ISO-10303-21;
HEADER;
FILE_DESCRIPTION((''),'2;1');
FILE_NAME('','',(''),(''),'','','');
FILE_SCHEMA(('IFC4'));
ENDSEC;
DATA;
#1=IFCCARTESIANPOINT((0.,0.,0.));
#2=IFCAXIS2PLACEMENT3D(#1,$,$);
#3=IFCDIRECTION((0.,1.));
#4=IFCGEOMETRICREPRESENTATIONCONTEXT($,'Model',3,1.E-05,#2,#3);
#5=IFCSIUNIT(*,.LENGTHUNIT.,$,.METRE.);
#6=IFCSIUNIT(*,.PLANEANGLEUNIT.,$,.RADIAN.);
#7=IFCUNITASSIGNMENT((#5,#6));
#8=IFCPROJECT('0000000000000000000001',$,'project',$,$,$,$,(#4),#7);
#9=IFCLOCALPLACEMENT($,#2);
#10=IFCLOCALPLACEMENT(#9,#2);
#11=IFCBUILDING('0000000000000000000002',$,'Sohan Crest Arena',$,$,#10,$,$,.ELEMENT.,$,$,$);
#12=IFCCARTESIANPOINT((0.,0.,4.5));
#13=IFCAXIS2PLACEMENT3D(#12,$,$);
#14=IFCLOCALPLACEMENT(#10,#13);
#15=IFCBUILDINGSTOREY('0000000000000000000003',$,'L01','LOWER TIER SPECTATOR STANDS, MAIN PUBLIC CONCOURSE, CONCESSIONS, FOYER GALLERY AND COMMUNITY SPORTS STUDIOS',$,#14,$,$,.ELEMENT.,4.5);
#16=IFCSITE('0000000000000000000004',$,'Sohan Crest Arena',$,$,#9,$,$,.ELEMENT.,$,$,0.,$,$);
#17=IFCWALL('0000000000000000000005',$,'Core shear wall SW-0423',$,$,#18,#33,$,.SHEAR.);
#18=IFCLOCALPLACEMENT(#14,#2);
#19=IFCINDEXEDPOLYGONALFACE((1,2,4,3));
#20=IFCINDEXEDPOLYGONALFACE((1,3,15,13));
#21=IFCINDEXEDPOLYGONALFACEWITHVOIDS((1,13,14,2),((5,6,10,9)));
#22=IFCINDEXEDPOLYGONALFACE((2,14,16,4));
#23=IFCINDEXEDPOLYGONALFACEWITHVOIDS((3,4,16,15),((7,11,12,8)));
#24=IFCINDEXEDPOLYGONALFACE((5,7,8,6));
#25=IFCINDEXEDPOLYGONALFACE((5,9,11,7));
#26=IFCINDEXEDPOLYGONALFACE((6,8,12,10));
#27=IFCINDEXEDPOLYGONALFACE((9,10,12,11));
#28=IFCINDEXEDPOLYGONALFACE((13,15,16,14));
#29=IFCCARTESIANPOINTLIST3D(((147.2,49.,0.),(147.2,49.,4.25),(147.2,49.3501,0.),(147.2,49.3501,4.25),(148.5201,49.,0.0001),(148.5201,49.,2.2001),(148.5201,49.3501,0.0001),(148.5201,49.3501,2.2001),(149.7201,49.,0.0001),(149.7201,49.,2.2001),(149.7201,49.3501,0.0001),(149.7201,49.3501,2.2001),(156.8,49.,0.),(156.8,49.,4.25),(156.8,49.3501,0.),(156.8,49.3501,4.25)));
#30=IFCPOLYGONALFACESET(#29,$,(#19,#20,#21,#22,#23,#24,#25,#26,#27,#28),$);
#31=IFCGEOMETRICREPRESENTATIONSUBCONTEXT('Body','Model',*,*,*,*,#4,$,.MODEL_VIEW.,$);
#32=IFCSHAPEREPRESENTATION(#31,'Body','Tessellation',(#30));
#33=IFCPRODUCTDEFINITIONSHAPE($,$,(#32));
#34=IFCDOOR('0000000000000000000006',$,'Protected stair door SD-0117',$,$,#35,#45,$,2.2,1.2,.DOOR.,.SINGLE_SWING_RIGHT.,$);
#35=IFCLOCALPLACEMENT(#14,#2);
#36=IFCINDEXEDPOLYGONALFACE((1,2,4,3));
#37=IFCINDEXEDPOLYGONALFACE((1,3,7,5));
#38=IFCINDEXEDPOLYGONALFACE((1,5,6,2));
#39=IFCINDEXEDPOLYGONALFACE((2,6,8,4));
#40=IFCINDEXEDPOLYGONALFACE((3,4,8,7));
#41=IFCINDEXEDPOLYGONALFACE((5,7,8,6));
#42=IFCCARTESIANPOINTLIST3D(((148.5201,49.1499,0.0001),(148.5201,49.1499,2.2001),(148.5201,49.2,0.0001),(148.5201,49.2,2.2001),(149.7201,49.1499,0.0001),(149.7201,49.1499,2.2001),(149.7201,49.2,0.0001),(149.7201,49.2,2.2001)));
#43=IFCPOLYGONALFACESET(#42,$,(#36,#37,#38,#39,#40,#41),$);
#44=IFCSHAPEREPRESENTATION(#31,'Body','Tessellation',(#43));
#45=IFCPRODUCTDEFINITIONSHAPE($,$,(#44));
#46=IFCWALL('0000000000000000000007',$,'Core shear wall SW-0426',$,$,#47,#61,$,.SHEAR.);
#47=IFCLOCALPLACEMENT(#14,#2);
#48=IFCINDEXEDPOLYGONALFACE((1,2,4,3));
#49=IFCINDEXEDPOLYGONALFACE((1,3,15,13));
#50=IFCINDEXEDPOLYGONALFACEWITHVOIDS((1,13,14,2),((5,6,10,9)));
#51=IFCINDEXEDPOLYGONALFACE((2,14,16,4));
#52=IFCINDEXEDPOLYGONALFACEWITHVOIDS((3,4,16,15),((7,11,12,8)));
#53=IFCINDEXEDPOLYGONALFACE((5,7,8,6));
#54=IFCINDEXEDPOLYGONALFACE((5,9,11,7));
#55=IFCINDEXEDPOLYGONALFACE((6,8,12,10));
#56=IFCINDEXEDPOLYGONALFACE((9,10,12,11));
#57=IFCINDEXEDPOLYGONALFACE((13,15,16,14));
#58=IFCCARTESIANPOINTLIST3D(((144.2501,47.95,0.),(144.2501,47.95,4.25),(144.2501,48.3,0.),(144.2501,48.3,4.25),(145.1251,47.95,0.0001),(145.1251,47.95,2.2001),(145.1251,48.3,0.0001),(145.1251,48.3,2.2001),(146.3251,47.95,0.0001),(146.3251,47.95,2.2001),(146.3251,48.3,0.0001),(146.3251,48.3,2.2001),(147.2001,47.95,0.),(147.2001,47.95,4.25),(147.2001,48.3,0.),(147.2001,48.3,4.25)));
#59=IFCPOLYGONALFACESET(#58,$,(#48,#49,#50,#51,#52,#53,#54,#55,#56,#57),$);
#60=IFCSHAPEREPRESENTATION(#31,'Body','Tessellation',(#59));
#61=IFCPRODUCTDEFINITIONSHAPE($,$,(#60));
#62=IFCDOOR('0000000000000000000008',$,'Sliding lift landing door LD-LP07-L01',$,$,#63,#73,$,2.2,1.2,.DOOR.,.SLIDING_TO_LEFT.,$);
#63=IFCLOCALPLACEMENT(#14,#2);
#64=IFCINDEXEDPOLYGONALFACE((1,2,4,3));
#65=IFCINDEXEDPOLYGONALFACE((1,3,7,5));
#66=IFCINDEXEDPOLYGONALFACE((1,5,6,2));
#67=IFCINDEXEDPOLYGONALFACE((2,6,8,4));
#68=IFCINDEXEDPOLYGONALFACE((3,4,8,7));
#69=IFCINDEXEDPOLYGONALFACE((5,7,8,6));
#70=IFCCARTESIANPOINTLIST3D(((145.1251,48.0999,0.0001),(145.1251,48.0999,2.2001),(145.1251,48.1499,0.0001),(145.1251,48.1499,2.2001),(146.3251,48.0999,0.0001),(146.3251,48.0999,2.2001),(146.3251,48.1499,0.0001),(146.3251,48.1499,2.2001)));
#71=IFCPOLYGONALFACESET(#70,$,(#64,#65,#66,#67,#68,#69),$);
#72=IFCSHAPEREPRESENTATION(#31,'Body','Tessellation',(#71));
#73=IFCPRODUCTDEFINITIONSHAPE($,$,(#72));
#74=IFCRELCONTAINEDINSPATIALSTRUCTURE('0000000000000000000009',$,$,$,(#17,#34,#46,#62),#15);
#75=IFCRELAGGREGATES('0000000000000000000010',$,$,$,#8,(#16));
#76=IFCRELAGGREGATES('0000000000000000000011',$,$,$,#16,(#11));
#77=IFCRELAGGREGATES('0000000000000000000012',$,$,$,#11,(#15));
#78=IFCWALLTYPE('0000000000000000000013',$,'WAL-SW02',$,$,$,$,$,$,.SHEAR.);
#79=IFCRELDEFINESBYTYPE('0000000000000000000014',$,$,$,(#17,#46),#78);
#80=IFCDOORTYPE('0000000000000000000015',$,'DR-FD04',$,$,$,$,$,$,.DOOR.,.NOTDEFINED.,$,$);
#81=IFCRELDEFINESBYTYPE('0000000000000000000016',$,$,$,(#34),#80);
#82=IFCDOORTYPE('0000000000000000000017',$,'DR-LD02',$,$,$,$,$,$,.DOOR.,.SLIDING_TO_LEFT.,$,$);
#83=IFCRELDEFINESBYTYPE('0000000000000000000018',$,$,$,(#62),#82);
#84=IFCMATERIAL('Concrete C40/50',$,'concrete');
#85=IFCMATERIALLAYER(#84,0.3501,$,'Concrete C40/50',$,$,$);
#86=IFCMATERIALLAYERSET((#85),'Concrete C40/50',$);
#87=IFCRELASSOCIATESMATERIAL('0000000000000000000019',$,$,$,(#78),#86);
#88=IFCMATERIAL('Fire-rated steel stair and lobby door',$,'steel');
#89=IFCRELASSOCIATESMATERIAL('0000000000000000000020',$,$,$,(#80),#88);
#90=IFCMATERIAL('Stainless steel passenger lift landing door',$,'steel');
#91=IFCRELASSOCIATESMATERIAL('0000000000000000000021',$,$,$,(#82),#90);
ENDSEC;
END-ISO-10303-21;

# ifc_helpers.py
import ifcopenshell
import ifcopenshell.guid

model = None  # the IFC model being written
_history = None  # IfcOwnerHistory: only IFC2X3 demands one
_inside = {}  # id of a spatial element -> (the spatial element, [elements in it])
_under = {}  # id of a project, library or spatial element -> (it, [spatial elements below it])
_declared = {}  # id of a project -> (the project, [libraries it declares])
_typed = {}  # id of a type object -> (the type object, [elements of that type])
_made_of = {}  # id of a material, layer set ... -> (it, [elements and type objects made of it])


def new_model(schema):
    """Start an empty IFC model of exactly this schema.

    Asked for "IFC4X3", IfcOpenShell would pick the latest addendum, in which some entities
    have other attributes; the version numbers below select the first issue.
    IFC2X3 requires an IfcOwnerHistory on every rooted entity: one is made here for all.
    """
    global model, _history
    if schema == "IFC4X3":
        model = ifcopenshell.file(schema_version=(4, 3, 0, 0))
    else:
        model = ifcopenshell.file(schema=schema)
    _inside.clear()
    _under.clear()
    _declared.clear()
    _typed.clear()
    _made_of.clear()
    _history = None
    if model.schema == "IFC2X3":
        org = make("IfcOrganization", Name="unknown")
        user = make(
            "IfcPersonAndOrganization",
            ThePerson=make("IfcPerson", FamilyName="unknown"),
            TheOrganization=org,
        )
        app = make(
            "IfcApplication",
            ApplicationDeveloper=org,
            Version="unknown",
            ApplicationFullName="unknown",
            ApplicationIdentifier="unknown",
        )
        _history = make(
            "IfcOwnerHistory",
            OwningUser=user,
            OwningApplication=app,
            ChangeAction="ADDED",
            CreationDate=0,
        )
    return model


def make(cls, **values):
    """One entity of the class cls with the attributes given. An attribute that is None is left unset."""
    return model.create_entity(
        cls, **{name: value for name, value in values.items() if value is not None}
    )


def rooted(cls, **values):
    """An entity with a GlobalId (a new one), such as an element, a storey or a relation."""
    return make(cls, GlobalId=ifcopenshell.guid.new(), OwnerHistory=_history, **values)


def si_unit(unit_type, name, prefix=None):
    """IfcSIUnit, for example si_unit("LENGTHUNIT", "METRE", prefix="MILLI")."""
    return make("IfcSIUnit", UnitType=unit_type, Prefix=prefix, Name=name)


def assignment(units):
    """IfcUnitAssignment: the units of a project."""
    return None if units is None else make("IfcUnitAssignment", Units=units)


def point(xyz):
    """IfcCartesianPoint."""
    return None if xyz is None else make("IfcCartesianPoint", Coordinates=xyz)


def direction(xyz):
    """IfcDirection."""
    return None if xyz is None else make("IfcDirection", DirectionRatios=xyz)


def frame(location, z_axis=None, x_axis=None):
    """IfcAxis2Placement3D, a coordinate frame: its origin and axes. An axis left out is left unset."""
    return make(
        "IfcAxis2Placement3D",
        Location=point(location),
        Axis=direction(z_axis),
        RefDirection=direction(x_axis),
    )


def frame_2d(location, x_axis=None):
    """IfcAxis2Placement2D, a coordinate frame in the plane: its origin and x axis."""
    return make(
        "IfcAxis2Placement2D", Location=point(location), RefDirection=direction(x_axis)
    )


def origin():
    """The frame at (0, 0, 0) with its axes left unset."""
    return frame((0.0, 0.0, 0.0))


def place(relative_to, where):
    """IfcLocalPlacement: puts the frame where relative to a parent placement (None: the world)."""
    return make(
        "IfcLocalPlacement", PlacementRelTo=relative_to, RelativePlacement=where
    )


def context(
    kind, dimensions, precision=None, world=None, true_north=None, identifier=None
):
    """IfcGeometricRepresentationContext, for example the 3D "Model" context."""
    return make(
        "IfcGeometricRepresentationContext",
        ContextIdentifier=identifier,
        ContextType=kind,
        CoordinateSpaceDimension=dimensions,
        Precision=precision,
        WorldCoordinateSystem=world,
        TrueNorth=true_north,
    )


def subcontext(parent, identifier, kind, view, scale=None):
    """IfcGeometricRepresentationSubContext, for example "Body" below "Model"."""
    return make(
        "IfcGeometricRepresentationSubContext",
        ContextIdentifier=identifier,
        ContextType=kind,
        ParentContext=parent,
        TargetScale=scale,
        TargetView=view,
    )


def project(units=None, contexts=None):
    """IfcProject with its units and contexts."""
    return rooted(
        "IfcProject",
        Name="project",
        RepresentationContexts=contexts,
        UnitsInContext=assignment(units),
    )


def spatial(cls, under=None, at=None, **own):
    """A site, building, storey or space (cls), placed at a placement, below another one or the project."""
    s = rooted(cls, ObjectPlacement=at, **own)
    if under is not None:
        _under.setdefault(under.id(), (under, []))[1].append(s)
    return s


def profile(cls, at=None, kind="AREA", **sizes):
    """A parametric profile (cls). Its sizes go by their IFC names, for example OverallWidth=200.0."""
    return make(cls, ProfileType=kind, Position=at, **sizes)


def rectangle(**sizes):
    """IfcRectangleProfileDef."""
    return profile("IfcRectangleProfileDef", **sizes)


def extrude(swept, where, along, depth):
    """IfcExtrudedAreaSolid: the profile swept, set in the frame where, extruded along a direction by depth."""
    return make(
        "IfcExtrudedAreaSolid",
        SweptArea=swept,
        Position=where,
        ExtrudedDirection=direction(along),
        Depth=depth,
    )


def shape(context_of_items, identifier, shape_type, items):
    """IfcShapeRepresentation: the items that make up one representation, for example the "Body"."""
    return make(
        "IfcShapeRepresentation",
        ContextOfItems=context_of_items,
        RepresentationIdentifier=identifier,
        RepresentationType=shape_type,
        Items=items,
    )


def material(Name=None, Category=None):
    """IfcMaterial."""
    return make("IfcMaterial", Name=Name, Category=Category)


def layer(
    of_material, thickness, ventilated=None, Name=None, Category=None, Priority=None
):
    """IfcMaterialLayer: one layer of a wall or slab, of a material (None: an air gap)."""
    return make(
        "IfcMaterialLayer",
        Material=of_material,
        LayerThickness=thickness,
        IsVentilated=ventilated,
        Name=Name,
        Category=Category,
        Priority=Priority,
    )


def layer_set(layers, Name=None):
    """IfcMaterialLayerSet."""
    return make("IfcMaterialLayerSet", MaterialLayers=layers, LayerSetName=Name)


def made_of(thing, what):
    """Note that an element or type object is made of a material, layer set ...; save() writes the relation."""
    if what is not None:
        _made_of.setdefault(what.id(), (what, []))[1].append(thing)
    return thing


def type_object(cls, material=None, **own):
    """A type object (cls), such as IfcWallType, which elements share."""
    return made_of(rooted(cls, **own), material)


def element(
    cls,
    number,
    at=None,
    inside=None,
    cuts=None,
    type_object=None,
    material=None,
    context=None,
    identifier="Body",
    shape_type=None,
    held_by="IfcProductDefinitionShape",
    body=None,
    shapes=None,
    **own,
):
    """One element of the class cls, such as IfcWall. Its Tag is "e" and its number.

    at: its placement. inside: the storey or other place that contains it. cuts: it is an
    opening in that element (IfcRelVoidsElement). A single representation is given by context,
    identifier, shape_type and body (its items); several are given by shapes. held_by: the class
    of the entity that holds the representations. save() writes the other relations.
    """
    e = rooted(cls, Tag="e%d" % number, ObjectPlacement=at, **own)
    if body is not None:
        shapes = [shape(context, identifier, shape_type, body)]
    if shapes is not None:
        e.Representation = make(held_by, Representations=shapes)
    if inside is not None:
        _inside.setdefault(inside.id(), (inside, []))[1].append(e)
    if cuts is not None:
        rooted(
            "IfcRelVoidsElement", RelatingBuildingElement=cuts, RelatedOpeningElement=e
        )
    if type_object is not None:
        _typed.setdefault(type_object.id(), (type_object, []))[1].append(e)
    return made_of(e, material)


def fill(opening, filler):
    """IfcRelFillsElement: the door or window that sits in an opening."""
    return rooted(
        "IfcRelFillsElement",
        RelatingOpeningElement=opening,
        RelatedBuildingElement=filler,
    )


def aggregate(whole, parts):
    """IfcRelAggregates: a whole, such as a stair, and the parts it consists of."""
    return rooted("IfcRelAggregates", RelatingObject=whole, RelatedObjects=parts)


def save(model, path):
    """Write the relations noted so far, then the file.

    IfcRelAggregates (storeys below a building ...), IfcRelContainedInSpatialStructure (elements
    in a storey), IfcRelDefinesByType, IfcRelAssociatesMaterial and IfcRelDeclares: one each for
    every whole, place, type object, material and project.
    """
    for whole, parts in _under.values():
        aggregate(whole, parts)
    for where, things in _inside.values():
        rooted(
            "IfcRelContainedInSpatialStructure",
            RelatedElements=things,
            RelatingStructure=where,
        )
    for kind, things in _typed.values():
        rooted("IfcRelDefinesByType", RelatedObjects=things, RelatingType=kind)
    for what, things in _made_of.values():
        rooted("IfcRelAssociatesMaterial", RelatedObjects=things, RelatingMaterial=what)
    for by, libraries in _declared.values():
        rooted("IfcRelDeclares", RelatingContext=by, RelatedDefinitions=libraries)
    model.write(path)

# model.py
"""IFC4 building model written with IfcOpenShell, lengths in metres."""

from ifc_helpers import new_model, si_unit, direction, frame, frame_2d, origin, place, context, subcontext, project, spatial, rectangle, extrude, material, layer, layer_set, type_object, element, fill, save


model = new_model("IFC4")

# Units and contexts
model_context = context("Model", 3, precision=1e-05, world=origin(), true_north=direction((0.0, 1.0)))
body_context = subcontext(model_context, "Body", "Model", "MODEL_VIEW")
ifc_project = project(units=[si_unit("LENGTHUNIT", "METRE"), si_unit("PLANEANGLEUNIT", "RADIAN")], contexts=[model_context])

# Site, building, storey
site_placement = place(None, origin())
site = spatial("IfcSite", under=ifc_project, at=site_placement, Name="Sohan Crest Arena", CompositionType="ELEMENT", RefElevation=0.0)
building_placement = place(site_placement, origin())
building = spatial("IfcBuilding", under=site, at=building_placement, Name="Sohan Crest Arena", CompositionType="ELEMENT")
storey_placement = place(building_placement, frame((0.0, 0.0, 4.5)))
storey = spatial("IfcBuildingStorey", under=building, at=storey_placement, Name="L01", Description="LOWER TIER SPECTATOR STANDS, MAIN PUBLIC CONCOURSE, CONCESSIONS, FOYER GALLERY AND COMMUNITY SPORTS STUDIOS", CompositionType="ELEMENT", Elevation=4.5)

# Shared definitions
ifc_material_1 = material(Name="Concrete C40/50", Category="concrete")

# Walls, openings, doors
ifc_layer_1 = layer(ifc_material_1, 0.3501, Name="Concrete C40/50")
ifc_layer_set_1 = layer_set([ifc_layer_1], Name="Concrete C40/50")
wall_type_1 = type_object("IfcWallType", Name="WAL-SW02", PredefinedType="SHEAR", material=ifc_layer_set_1)
wall_1_placement = place(storey_placement, frame((147.2, 49.175, 0.0), z_axis=(0.0, 0.0, 1.0), x_axis=(1.0, 0.0, 0.0)))
wall_1 = element("IfcWall", 1, at=wall_1_placement, inside=storey, type_object=wall_type_1, Name="Core shear wall SW-0423", PredefinedType="SHEAR", context=body_context, shape_type="SweptSolid", body=[
    extrude(rectangle(XDim=9.6001, YDim=0.3501, at=frame_2d((4.8, 0.0))), origin(), (0.0, 0.0, 1.0), 4.25),
])
opening_1_placement = place(wall_1_placement, frame((1.3201, 0.0, 0.0)))
opening_1 = element("IfcOpeningElement", 2, at=opening_1_placement, cuts=wall_1, PredefinedType="OPENING", context=body_context, shape_type="SweptSolid", body=[
    extrude(rectangle(XDim=1.2, YDim=2.2, at=frame_2d((0.6001, 1.1001))), frame((0.0, 0.1851, 0.0), z_axis=(0.0, -1.0, 0.0), x_axis=(1.0, 0.0, 0.0)), (0.0, 0.0, 1.0), 0.3701),
])
ifc_material_2 = material(Name="Fire-rated steel stair and lobby door", Category="steel")
door_type_1 = type_object("IfcDoorType", Name="DR-FD04", OperationType="NOTDEFINED", PredefinedType="DOOR", material=ifc_material_2)
door_1_placement = place(opening_1_placement, origin())
door_1 = element("IfcDoor", 3, at=door_1_placement, inside=storey, type_object=door_type_1, Name="Protected stair door SD-0117", OperationType="SINGLE_SWING_RIGHT", OverallHeight=2.2, OverallWidth=1.2, PredefinedType="DOOR", context=body_context, shape_type="SweptSolid", body=[
    extrude(rectangle(XDim=1.2, YDim=2.2, at=frame_2d((0.6001, 1.1001))), frame((0.0, 0.0249, 0.0), z_axis=(0.0, -1.0, 0.0), x_axis=(1.0, 0.0, 0.0)), (0.0, 0.0, 1.0), 0.05),
])
fill(opening_1, door_1)
wall_2_placement = place(storey_placement, frame((144.25, 48.125, 0.0), z_axis=(0.0, 0.0, 1.0), x_axis=(1.0, 0.0, 0.0)))
wall_2 = element("IfcWall", 4, at=wall_2_placement, inside=storey, type_object=wall_type_1, Name="Core shear wall SW-0426", PredefinedType="SHEAR", context=body_context, shape_type="SweptSolid", body=[
    extrude(rectangle(XDim=2.95, YDim=0.3501, at=frame_2d((1.4751, 0.0))), origin(), (0.0, 0.0, 1.0), 4.25),
])
opening_2_placement = place(wall_2_placement, frame((0.875, 0.0, 0.0)))
opening_2 = element("IfcOpeningElement", 5, at=opening_2_placement, cuts=wall_2, PredefinedType="OPENING", context=body_context, shape_type="SweptSolid", body=[
    extrude(rectangle(XDim=1.2, YDim=2.2, at=frame_2d((0.6001, 1.1001))), frame((0.0, 0.1851, 0.0), z_axis=(0.0, -1.0, 0.0), x_axis=(1.0, 0.0, 0.0)), (0.0, 0.0, 1.0), 0.3701),
])
ifc_material_3 = material(Name="Stainless steel passenger lift landing door", Category="steel")
door_type_2 = type_object("IfcDoorType", Name="DR-LD02", OperationType="SLIDING_TO_LEFT", PredefinedType="DOOR", material=ifc_material_3)
door_2_placement = place(opening_2_placement, origin())
door_2 = element("IfcDoor", 6, at=door_2_placement, inside=storey, type_object=door_type_2, Name="Sliding lift landing door LD-LP07-L01", OperationType="SLIDING_TO_LEFT", OverallHeight=2.2, OverallWidth=1.2, PredefinedType="DOOR", context=body_context, shape_type="SweptSolid", body=[
    extrude(rectangle(XDim=1.2, YDim=2.2, at=frame_2d((0.6001, 1.1001))), frame((0.0, 0.0249, 0.0), z_axis=(0.0, -1.0, 0.0), x_axis=(1.0, 0.0, 0.0)), (0.0, 0.0, 1.0), 0.05),
])
fill(opening_2, door_2)

save(model, "model.ifc")
